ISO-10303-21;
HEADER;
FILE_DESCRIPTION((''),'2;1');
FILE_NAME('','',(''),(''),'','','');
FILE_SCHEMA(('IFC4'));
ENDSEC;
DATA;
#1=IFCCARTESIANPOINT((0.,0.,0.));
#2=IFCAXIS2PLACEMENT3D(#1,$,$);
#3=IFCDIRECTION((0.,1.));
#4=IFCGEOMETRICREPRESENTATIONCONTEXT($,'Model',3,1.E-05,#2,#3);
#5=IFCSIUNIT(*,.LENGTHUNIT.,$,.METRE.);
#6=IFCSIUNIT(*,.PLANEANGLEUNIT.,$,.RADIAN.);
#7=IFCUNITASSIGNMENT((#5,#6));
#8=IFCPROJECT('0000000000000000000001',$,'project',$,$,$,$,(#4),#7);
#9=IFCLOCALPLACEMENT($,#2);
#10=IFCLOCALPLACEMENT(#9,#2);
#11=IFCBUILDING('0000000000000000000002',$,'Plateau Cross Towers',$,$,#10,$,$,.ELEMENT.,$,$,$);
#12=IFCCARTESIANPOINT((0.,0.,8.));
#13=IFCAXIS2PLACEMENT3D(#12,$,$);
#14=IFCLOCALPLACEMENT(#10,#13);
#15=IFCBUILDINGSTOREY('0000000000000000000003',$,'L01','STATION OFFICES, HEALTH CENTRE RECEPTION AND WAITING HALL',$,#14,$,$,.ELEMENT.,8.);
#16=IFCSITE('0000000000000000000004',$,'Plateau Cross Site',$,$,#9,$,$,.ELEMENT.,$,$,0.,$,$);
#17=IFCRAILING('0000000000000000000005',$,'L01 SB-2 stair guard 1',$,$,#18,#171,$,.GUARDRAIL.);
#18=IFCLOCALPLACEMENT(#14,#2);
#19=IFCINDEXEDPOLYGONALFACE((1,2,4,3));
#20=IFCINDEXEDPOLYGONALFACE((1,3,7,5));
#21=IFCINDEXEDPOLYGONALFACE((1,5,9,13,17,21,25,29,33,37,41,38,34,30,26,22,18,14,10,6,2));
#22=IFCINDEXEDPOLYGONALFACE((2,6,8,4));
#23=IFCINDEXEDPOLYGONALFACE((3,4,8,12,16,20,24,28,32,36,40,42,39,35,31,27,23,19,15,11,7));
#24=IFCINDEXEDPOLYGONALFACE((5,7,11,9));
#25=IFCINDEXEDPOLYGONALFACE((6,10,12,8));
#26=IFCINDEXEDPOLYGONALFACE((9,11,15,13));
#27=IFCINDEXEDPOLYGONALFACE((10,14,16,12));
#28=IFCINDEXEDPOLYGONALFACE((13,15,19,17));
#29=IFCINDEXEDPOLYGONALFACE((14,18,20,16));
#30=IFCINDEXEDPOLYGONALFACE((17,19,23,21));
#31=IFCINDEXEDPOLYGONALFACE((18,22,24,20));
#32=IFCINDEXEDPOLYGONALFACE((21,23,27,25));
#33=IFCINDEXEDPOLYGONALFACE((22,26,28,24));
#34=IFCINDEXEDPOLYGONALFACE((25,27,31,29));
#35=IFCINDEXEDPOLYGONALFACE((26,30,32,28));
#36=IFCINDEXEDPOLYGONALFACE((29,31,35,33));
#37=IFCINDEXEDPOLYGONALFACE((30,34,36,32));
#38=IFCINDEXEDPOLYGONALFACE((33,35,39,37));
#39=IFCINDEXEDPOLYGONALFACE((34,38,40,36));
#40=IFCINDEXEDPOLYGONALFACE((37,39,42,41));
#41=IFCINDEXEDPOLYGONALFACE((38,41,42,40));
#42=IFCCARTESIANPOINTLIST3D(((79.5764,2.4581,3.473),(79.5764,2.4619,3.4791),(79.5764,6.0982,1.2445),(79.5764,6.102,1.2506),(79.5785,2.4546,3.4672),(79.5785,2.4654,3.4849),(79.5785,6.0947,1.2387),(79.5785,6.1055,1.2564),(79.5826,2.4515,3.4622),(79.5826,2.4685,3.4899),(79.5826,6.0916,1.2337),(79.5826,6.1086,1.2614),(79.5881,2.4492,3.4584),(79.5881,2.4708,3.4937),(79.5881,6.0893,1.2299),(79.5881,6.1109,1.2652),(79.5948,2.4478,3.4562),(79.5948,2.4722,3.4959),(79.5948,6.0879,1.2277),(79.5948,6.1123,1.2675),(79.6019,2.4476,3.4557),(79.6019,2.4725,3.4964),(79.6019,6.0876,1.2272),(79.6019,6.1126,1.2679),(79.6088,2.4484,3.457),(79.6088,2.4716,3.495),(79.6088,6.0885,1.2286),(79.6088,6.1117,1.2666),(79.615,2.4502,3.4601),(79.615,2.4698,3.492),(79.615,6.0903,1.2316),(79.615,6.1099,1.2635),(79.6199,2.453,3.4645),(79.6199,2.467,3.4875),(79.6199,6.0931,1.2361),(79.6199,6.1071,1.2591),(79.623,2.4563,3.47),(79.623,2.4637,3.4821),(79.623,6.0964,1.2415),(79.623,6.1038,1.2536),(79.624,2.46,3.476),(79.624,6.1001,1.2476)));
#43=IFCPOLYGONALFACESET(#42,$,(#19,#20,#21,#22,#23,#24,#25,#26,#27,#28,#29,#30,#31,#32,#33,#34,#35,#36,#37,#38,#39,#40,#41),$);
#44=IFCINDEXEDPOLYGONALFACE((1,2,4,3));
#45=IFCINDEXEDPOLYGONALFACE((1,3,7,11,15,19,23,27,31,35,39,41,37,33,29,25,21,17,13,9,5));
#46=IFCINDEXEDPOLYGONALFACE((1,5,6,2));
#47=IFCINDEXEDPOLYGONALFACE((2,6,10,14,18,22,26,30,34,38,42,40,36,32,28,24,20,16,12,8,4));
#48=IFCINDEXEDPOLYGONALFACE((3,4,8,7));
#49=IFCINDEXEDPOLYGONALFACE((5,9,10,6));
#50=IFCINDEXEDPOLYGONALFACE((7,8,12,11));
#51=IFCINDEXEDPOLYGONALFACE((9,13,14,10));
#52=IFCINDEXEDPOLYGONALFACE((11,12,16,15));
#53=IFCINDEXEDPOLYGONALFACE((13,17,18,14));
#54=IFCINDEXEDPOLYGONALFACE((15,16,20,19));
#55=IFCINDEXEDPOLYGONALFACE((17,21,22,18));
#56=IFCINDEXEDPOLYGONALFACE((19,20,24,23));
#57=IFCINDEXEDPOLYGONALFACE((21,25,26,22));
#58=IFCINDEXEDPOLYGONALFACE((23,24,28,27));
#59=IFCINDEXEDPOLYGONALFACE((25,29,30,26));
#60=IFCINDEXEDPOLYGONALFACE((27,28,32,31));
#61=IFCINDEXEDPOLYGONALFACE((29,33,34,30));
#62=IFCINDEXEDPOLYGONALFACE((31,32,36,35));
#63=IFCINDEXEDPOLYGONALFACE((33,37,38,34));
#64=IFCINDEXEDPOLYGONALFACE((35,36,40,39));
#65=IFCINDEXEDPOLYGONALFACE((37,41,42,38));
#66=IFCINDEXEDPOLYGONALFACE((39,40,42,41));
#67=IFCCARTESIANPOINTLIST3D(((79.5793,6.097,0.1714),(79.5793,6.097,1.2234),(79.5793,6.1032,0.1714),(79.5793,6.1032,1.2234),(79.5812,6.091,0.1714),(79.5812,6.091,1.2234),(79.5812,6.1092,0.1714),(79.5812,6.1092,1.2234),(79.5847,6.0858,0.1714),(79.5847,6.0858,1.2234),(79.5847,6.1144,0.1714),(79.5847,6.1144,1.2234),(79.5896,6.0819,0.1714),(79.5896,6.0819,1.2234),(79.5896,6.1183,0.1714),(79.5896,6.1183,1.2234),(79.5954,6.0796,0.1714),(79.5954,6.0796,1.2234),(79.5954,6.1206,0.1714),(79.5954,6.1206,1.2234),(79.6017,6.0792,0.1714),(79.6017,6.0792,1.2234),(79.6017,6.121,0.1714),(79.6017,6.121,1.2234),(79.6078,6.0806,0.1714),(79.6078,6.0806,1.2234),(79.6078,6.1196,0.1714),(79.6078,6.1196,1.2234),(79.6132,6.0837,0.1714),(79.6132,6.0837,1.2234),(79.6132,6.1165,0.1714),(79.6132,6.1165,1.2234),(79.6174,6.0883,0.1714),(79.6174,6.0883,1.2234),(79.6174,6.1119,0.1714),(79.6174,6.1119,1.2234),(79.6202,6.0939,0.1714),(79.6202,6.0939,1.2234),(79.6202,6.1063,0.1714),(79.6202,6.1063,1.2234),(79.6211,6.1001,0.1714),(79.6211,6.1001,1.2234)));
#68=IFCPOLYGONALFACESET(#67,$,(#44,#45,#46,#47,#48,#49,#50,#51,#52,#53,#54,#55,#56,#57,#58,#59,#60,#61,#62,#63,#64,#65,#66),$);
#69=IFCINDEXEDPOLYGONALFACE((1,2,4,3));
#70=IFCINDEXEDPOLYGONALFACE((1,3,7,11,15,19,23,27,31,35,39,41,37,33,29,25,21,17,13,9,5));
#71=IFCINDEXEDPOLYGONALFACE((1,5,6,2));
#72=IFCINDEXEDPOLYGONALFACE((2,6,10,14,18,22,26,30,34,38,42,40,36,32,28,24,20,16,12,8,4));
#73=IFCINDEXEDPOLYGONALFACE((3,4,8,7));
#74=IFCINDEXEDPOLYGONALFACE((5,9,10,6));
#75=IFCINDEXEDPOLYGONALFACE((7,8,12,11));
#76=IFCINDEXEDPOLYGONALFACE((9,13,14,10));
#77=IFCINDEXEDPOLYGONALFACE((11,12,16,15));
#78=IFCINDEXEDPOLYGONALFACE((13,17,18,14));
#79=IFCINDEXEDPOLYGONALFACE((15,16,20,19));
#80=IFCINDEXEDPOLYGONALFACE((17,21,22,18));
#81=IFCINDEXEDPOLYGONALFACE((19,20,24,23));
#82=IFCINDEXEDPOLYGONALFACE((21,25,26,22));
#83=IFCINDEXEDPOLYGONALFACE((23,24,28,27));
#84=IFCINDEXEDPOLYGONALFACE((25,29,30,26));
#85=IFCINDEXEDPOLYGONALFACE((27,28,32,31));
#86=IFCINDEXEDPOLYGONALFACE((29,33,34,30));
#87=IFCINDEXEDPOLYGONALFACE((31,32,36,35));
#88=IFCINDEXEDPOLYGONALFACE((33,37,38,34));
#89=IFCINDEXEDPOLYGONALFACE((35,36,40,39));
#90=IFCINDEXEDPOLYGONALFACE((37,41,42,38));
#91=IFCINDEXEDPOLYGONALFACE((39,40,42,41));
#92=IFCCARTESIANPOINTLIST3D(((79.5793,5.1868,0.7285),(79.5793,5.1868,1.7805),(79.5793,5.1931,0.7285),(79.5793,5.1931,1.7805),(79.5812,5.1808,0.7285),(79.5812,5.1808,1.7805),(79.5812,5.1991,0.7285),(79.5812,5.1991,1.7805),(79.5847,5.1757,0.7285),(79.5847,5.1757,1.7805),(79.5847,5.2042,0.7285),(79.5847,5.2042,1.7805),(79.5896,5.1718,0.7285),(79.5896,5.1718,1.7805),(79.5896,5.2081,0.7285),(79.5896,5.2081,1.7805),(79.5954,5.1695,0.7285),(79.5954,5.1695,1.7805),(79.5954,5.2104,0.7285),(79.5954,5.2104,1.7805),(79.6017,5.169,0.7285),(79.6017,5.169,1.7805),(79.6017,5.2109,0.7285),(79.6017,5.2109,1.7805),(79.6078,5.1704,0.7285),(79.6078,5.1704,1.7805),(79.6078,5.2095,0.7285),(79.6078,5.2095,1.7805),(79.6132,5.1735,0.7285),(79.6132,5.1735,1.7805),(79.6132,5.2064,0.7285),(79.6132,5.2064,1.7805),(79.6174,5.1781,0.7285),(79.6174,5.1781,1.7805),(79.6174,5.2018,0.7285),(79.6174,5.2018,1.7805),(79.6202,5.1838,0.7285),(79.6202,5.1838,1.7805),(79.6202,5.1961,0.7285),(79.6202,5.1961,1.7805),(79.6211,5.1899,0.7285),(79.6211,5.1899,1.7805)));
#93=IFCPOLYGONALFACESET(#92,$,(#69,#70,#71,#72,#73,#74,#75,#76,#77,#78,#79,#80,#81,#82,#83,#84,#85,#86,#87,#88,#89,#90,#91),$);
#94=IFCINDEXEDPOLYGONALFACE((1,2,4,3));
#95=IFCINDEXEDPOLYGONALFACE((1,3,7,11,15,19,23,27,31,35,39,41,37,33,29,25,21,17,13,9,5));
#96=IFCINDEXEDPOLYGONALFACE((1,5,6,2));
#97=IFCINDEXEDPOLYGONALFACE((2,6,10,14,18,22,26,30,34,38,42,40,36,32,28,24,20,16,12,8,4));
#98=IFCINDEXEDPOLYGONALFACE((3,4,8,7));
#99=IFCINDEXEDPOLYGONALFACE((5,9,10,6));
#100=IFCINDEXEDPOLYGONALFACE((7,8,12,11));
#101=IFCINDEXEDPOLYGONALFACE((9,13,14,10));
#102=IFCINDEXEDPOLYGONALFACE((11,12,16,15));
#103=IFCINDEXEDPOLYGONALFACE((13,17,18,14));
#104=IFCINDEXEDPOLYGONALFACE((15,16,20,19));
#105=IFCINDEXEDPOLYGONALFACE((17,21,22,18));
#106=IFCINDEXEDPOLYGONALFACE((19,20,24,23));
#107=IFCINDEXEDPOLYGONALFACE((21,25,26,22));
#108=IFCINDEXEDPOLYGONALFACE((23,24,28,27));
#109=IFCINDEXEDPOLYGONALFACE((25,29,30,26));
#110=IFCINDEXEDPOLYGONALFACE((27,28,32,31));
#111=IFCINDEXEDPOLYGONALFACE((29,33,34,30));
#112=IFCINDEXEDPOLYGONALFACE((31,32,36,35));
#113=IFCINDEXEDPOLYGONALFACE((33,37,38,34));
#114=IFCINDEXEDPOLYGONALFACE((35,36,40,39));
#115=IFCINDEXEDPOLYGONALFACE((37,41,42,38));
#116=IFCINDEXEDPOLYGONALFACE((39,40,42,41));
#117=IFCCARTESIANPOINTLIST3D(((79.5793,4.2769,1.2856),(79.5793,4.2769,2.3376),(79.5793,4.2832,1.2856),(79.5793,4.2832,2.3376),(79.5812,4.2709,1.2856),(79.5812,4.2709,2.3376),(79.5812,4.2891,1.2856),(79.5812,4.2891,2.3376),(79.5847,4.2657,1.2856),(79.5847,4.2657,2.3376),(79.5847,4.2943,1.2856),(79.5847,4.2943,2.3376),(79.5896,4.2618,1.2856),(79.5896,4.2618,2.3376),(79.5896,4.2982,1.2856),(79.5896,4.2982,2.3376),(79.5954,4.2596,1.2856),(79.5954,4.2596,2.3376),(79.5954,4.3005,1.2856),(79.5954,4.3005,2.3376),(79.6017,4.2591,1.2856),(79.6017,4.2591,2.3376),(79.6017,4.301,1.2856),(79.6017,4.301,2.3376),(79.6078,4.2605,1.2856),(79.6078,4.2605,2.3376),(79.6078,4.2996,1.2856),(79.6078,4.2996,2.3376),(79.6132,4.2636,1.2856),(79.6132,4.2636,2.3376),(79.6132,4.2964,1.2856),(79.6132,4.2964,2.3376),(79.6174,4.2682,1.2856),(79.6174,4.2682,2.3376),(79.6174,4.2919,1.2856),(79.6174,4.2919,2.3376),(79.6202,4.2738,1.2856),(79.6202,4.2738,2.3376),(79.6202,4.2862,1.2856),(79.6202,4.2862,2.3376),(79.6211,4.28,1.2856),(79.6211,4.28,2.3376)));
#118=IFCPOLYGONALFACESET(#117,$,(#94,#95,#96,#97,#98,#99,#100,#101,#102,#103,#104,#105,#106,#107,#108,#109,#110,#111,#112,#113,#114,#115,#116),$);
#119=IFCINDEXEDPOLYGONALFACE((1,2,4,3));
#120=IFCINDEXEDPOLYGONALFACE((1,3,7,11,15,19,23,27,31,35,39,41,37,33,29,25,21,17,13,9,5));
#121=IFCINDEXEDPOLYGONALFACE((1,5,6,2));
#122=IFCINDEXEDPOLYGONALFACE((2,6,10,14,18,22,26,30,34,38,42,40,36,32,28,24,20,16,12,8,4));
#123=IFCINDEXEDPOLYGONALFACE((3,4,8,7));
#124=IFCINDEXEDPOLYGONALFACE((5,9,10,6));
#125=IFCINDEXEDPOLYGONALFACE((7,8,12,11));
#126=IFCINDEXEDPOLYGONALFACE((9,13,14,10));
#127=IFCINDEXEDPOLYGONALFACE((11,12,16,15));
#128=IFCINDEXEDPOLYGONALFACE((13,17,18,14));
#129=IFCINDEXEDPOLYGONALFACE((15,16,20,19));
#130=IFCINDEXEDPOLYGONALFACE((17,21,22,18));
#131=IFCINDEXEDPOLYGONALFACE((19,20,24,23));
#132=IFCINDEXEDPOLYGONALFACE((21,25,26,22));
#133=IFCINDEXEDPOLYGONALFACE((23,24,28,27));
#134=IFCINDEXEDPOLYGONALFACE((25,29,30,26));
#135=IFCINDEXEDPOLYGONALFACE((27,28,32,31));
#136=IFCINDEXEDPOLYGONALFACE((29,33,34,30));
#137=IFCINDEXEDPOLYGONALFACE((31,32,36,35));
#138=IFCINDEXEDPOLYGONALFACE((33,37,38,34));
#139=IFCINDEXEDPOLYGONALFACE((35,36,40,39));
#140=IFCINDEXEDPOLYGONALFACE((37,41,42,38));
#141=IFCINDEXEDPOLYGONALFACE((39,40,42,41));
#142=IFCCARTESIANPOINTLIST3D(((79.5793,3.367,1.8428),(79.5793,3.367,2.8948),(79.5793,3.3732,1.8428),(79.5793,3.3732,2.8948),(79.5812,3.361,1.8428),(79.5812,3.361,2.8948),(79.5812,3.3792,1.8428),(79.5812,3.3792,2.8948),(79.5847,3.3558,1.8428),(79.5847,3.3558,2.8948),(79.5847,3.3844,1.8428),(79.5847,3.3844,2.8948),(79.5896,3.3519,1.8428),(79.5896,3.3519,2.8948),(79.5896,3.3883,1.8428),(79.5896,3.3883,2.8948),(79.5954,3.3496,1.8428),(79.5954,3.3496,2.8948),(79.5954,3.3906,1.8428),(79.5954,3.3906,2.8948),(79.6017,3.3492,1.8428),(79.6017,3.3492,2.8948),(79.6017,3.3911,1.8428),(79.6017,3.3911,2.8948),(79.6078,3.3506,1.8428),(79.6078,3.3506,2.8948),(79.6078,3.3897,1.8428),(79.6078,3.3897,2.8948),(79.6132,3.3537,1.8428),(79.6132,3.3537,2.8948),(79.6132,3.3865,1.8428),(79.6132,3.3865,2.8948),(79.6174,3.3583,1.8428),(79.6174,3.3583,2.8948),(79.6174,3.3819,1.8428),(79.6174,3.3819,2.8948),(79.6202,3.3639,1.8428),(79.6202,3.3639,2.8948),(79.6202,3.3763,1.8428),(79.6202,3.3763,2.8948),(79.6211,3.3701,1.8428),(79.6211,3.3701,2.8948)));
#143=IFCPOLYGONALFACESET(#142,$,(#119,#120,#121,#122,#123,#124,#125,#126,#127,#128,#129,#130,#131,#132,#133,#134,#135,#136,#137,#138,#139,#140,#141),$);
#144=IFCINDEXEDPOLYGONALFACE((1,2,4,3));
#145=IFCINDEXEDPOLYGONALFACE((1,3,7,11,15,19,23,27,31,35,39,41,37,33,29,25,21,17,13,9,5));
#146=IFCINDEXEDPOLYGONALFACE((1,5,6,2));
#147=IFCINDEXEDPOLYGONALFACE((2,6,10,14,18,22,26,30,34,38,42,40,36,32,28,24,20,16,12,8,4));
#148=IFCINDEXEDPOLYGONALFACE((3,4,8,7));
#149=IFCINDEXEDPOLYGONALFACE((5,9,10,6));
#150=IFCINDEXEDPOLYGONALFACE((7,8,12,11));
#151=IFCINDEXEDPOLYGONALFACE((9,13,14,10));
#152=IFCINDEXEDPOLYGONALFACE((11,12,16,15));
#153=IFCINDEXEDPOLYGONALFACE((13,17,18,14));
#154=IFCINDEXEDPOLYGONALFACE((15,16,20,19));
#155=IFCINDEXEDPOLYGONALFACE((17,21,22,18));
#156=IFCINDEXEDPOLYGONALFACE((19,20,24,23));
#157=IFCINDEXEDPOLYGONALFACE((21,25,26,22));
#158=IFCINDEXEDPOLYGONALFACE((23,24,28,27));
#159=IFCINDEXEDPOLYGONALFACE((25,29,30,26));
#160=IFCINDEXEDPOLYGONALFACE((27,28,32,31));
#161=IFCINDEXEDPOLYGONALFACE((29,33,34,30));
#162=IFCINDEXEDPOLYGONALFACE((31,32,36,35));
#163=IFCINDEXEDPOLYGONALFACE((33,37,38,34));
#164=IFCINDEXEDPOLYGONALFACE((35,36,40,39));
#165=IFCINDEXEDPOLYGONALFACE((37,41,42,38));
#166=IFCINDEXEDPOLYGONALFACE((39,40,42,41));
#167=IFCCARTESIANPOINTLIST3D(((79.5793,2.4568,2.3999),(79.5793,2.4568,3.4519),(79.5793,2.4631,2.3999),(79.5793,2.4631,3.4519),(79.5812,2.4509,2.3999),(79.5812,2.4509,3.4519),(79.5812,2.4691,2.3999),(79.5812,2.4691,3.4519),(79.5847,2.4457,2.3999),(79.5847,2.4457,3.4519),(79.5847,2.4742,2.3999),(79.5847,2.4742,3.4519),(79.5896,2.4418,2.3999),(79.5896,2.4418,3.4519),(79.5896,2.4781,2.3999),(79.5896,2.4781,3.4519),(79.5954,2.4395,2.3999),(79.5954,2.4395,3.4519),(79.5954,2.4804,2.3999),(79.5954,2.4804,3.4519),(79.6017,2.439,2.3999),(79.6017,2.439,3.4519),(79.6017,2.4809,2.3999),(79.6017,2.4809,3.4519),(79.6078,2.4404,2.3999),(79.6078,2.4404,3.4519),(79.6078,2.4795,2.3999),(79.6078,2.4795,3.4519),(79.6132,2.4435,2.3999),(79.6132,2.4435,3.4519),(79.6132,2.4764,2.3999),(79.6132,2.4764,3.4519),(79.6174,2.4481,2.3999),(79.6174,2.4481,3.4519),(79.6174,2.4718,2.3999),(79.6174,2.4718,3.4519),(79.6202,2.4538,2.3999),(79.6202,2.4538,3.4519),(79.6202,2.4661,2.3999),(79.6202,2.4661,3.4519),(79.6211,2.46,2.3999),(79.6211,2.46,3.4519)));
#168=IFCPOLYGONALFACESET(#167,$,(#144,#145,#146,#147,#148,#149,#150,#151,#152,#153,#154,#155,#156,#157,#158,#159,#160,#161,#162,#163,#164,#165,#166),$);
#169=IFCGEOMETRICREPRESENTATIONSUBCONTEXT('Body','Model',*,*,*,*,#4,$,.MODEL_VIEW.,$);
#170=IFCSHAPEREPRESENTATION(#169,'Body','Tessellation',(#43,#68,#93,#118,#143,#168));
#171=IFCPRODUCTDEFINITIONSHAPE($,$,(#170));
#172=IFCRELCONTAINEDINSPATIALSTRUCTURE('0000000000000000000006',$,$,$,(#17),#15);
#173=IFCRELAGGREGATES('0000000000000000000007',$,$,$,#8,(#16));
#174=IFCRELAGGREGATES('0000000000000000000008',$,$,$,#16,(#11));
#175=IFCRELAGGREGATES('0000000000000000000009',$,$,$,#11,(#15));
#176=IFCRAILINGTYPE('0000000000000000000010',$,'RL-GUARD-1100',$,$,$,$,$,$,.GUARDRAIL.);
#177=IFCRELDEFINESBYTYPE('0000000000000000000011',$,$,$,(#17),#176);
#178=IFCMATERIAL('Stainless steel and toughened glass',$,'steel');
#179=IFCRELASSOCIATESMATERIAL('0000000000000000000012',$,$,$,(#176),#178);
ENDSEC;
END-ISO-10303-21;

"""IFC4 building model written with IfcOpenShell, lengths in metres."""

from ifc_helpers import new_model, si_unit, direction, frame, origin, origin_2d, place, context, subcontext, project, spatial, circle, extrude, material, type_object, element, save


model = new_model("IFC4")

# Units and contexts
model_context = context("Model", 3, precision=1e-05, world=origin(), true_north=direction((0.0, 1.0)))
body_context = subcontext(model_context, "Body", "Model", "MODEL_VIEW")
ifc_project = project(units=[si_unit("LENGTHUNIT", "METRE"), si_unit("PLANEANGLEUNIT", "RADIAN")], contexts=[model_context])

# Site, building, storey
site_placement = place(None, origin())
site = spatial("IfcSite", under=ifc_project, at=site_placement, Name="Plateau Cross Site", CompositionType="ELEMENT", RefElevation=0.0)
building_placement = place(site_placement, origin())
building = spatial("IfcBuilding", under=site, at=building_placement, Name="Plateau Cross Towers", CompositionType="ELEMENT")
storey_placement = place(building_placement, frame((0.0, 0.0, 8.0)))
storey = spatial("IfcBuildingStorey", under=building, at=storey_placement, Name="L01", Description="STATION OFFICES, HEALTH CENTRE RECEPTION AND WAITING HALL", CompositionType="ELEMENT", Elevation=8.0)

# Railing
ifc_material_1 = material(Name="Stainless steel and toughened glass", Category="steel")
railing_type_1 = type_object("IfcRailingType", Name="RL-GUARD-1100", PredefinedType="GUARDRAIL", material=ifc_material_1)
railing_1_placement = place(storey_placement, frame((79.6001, 6.1001, 0.1714)))
element("IfcRailing", 1, at=railing_1_placement, inside=storey, type_object=railing_type_1, Name="L01 SB-2 stair guard 1", PredefinedType="GUARDRAIL", context=body_context, shape_type="SweptSolid", body=[
    extrude(circle(Radius=0.0239, at=origin_2d()), frame((0.0, 0.0, 1.0762), z_axis=(0.0, -0.852866, 0.52213), x_axis=(1.0, 0.0, 0.0)), (0.0, 0.0, 1.0), 4.2681),
    extrude(circle(Radius=0.021, at=origin_2d()), origin(), (0.0, 0.0, 1.0), 1.052),
    extrude(circle(Radius=0.021, at=origin_2d()), frame((0.0, -0.9102, 0.5571)), (0.0, 0.0, 1.0), 1.052),
    extrude(circle(Radius=0.021, at=origin_2d()), frame((0.0, -1.8201, 1.1143)), (0.0, 0.0, 1.0), 1.052),
    extrude(circle(Radius=0.021, at=origin_2d()), frame((0.0, -2.73, 1.6714)), (0.0, 0.0, 1.0), 1.052),
    extrude(circle(Radius=0.021, at=origin_2d()), frame((0.0, -3.6401, 2.2285)), (0.0, 0.0, 1.0), 1.052),
])

save(model, "model.ifc")
